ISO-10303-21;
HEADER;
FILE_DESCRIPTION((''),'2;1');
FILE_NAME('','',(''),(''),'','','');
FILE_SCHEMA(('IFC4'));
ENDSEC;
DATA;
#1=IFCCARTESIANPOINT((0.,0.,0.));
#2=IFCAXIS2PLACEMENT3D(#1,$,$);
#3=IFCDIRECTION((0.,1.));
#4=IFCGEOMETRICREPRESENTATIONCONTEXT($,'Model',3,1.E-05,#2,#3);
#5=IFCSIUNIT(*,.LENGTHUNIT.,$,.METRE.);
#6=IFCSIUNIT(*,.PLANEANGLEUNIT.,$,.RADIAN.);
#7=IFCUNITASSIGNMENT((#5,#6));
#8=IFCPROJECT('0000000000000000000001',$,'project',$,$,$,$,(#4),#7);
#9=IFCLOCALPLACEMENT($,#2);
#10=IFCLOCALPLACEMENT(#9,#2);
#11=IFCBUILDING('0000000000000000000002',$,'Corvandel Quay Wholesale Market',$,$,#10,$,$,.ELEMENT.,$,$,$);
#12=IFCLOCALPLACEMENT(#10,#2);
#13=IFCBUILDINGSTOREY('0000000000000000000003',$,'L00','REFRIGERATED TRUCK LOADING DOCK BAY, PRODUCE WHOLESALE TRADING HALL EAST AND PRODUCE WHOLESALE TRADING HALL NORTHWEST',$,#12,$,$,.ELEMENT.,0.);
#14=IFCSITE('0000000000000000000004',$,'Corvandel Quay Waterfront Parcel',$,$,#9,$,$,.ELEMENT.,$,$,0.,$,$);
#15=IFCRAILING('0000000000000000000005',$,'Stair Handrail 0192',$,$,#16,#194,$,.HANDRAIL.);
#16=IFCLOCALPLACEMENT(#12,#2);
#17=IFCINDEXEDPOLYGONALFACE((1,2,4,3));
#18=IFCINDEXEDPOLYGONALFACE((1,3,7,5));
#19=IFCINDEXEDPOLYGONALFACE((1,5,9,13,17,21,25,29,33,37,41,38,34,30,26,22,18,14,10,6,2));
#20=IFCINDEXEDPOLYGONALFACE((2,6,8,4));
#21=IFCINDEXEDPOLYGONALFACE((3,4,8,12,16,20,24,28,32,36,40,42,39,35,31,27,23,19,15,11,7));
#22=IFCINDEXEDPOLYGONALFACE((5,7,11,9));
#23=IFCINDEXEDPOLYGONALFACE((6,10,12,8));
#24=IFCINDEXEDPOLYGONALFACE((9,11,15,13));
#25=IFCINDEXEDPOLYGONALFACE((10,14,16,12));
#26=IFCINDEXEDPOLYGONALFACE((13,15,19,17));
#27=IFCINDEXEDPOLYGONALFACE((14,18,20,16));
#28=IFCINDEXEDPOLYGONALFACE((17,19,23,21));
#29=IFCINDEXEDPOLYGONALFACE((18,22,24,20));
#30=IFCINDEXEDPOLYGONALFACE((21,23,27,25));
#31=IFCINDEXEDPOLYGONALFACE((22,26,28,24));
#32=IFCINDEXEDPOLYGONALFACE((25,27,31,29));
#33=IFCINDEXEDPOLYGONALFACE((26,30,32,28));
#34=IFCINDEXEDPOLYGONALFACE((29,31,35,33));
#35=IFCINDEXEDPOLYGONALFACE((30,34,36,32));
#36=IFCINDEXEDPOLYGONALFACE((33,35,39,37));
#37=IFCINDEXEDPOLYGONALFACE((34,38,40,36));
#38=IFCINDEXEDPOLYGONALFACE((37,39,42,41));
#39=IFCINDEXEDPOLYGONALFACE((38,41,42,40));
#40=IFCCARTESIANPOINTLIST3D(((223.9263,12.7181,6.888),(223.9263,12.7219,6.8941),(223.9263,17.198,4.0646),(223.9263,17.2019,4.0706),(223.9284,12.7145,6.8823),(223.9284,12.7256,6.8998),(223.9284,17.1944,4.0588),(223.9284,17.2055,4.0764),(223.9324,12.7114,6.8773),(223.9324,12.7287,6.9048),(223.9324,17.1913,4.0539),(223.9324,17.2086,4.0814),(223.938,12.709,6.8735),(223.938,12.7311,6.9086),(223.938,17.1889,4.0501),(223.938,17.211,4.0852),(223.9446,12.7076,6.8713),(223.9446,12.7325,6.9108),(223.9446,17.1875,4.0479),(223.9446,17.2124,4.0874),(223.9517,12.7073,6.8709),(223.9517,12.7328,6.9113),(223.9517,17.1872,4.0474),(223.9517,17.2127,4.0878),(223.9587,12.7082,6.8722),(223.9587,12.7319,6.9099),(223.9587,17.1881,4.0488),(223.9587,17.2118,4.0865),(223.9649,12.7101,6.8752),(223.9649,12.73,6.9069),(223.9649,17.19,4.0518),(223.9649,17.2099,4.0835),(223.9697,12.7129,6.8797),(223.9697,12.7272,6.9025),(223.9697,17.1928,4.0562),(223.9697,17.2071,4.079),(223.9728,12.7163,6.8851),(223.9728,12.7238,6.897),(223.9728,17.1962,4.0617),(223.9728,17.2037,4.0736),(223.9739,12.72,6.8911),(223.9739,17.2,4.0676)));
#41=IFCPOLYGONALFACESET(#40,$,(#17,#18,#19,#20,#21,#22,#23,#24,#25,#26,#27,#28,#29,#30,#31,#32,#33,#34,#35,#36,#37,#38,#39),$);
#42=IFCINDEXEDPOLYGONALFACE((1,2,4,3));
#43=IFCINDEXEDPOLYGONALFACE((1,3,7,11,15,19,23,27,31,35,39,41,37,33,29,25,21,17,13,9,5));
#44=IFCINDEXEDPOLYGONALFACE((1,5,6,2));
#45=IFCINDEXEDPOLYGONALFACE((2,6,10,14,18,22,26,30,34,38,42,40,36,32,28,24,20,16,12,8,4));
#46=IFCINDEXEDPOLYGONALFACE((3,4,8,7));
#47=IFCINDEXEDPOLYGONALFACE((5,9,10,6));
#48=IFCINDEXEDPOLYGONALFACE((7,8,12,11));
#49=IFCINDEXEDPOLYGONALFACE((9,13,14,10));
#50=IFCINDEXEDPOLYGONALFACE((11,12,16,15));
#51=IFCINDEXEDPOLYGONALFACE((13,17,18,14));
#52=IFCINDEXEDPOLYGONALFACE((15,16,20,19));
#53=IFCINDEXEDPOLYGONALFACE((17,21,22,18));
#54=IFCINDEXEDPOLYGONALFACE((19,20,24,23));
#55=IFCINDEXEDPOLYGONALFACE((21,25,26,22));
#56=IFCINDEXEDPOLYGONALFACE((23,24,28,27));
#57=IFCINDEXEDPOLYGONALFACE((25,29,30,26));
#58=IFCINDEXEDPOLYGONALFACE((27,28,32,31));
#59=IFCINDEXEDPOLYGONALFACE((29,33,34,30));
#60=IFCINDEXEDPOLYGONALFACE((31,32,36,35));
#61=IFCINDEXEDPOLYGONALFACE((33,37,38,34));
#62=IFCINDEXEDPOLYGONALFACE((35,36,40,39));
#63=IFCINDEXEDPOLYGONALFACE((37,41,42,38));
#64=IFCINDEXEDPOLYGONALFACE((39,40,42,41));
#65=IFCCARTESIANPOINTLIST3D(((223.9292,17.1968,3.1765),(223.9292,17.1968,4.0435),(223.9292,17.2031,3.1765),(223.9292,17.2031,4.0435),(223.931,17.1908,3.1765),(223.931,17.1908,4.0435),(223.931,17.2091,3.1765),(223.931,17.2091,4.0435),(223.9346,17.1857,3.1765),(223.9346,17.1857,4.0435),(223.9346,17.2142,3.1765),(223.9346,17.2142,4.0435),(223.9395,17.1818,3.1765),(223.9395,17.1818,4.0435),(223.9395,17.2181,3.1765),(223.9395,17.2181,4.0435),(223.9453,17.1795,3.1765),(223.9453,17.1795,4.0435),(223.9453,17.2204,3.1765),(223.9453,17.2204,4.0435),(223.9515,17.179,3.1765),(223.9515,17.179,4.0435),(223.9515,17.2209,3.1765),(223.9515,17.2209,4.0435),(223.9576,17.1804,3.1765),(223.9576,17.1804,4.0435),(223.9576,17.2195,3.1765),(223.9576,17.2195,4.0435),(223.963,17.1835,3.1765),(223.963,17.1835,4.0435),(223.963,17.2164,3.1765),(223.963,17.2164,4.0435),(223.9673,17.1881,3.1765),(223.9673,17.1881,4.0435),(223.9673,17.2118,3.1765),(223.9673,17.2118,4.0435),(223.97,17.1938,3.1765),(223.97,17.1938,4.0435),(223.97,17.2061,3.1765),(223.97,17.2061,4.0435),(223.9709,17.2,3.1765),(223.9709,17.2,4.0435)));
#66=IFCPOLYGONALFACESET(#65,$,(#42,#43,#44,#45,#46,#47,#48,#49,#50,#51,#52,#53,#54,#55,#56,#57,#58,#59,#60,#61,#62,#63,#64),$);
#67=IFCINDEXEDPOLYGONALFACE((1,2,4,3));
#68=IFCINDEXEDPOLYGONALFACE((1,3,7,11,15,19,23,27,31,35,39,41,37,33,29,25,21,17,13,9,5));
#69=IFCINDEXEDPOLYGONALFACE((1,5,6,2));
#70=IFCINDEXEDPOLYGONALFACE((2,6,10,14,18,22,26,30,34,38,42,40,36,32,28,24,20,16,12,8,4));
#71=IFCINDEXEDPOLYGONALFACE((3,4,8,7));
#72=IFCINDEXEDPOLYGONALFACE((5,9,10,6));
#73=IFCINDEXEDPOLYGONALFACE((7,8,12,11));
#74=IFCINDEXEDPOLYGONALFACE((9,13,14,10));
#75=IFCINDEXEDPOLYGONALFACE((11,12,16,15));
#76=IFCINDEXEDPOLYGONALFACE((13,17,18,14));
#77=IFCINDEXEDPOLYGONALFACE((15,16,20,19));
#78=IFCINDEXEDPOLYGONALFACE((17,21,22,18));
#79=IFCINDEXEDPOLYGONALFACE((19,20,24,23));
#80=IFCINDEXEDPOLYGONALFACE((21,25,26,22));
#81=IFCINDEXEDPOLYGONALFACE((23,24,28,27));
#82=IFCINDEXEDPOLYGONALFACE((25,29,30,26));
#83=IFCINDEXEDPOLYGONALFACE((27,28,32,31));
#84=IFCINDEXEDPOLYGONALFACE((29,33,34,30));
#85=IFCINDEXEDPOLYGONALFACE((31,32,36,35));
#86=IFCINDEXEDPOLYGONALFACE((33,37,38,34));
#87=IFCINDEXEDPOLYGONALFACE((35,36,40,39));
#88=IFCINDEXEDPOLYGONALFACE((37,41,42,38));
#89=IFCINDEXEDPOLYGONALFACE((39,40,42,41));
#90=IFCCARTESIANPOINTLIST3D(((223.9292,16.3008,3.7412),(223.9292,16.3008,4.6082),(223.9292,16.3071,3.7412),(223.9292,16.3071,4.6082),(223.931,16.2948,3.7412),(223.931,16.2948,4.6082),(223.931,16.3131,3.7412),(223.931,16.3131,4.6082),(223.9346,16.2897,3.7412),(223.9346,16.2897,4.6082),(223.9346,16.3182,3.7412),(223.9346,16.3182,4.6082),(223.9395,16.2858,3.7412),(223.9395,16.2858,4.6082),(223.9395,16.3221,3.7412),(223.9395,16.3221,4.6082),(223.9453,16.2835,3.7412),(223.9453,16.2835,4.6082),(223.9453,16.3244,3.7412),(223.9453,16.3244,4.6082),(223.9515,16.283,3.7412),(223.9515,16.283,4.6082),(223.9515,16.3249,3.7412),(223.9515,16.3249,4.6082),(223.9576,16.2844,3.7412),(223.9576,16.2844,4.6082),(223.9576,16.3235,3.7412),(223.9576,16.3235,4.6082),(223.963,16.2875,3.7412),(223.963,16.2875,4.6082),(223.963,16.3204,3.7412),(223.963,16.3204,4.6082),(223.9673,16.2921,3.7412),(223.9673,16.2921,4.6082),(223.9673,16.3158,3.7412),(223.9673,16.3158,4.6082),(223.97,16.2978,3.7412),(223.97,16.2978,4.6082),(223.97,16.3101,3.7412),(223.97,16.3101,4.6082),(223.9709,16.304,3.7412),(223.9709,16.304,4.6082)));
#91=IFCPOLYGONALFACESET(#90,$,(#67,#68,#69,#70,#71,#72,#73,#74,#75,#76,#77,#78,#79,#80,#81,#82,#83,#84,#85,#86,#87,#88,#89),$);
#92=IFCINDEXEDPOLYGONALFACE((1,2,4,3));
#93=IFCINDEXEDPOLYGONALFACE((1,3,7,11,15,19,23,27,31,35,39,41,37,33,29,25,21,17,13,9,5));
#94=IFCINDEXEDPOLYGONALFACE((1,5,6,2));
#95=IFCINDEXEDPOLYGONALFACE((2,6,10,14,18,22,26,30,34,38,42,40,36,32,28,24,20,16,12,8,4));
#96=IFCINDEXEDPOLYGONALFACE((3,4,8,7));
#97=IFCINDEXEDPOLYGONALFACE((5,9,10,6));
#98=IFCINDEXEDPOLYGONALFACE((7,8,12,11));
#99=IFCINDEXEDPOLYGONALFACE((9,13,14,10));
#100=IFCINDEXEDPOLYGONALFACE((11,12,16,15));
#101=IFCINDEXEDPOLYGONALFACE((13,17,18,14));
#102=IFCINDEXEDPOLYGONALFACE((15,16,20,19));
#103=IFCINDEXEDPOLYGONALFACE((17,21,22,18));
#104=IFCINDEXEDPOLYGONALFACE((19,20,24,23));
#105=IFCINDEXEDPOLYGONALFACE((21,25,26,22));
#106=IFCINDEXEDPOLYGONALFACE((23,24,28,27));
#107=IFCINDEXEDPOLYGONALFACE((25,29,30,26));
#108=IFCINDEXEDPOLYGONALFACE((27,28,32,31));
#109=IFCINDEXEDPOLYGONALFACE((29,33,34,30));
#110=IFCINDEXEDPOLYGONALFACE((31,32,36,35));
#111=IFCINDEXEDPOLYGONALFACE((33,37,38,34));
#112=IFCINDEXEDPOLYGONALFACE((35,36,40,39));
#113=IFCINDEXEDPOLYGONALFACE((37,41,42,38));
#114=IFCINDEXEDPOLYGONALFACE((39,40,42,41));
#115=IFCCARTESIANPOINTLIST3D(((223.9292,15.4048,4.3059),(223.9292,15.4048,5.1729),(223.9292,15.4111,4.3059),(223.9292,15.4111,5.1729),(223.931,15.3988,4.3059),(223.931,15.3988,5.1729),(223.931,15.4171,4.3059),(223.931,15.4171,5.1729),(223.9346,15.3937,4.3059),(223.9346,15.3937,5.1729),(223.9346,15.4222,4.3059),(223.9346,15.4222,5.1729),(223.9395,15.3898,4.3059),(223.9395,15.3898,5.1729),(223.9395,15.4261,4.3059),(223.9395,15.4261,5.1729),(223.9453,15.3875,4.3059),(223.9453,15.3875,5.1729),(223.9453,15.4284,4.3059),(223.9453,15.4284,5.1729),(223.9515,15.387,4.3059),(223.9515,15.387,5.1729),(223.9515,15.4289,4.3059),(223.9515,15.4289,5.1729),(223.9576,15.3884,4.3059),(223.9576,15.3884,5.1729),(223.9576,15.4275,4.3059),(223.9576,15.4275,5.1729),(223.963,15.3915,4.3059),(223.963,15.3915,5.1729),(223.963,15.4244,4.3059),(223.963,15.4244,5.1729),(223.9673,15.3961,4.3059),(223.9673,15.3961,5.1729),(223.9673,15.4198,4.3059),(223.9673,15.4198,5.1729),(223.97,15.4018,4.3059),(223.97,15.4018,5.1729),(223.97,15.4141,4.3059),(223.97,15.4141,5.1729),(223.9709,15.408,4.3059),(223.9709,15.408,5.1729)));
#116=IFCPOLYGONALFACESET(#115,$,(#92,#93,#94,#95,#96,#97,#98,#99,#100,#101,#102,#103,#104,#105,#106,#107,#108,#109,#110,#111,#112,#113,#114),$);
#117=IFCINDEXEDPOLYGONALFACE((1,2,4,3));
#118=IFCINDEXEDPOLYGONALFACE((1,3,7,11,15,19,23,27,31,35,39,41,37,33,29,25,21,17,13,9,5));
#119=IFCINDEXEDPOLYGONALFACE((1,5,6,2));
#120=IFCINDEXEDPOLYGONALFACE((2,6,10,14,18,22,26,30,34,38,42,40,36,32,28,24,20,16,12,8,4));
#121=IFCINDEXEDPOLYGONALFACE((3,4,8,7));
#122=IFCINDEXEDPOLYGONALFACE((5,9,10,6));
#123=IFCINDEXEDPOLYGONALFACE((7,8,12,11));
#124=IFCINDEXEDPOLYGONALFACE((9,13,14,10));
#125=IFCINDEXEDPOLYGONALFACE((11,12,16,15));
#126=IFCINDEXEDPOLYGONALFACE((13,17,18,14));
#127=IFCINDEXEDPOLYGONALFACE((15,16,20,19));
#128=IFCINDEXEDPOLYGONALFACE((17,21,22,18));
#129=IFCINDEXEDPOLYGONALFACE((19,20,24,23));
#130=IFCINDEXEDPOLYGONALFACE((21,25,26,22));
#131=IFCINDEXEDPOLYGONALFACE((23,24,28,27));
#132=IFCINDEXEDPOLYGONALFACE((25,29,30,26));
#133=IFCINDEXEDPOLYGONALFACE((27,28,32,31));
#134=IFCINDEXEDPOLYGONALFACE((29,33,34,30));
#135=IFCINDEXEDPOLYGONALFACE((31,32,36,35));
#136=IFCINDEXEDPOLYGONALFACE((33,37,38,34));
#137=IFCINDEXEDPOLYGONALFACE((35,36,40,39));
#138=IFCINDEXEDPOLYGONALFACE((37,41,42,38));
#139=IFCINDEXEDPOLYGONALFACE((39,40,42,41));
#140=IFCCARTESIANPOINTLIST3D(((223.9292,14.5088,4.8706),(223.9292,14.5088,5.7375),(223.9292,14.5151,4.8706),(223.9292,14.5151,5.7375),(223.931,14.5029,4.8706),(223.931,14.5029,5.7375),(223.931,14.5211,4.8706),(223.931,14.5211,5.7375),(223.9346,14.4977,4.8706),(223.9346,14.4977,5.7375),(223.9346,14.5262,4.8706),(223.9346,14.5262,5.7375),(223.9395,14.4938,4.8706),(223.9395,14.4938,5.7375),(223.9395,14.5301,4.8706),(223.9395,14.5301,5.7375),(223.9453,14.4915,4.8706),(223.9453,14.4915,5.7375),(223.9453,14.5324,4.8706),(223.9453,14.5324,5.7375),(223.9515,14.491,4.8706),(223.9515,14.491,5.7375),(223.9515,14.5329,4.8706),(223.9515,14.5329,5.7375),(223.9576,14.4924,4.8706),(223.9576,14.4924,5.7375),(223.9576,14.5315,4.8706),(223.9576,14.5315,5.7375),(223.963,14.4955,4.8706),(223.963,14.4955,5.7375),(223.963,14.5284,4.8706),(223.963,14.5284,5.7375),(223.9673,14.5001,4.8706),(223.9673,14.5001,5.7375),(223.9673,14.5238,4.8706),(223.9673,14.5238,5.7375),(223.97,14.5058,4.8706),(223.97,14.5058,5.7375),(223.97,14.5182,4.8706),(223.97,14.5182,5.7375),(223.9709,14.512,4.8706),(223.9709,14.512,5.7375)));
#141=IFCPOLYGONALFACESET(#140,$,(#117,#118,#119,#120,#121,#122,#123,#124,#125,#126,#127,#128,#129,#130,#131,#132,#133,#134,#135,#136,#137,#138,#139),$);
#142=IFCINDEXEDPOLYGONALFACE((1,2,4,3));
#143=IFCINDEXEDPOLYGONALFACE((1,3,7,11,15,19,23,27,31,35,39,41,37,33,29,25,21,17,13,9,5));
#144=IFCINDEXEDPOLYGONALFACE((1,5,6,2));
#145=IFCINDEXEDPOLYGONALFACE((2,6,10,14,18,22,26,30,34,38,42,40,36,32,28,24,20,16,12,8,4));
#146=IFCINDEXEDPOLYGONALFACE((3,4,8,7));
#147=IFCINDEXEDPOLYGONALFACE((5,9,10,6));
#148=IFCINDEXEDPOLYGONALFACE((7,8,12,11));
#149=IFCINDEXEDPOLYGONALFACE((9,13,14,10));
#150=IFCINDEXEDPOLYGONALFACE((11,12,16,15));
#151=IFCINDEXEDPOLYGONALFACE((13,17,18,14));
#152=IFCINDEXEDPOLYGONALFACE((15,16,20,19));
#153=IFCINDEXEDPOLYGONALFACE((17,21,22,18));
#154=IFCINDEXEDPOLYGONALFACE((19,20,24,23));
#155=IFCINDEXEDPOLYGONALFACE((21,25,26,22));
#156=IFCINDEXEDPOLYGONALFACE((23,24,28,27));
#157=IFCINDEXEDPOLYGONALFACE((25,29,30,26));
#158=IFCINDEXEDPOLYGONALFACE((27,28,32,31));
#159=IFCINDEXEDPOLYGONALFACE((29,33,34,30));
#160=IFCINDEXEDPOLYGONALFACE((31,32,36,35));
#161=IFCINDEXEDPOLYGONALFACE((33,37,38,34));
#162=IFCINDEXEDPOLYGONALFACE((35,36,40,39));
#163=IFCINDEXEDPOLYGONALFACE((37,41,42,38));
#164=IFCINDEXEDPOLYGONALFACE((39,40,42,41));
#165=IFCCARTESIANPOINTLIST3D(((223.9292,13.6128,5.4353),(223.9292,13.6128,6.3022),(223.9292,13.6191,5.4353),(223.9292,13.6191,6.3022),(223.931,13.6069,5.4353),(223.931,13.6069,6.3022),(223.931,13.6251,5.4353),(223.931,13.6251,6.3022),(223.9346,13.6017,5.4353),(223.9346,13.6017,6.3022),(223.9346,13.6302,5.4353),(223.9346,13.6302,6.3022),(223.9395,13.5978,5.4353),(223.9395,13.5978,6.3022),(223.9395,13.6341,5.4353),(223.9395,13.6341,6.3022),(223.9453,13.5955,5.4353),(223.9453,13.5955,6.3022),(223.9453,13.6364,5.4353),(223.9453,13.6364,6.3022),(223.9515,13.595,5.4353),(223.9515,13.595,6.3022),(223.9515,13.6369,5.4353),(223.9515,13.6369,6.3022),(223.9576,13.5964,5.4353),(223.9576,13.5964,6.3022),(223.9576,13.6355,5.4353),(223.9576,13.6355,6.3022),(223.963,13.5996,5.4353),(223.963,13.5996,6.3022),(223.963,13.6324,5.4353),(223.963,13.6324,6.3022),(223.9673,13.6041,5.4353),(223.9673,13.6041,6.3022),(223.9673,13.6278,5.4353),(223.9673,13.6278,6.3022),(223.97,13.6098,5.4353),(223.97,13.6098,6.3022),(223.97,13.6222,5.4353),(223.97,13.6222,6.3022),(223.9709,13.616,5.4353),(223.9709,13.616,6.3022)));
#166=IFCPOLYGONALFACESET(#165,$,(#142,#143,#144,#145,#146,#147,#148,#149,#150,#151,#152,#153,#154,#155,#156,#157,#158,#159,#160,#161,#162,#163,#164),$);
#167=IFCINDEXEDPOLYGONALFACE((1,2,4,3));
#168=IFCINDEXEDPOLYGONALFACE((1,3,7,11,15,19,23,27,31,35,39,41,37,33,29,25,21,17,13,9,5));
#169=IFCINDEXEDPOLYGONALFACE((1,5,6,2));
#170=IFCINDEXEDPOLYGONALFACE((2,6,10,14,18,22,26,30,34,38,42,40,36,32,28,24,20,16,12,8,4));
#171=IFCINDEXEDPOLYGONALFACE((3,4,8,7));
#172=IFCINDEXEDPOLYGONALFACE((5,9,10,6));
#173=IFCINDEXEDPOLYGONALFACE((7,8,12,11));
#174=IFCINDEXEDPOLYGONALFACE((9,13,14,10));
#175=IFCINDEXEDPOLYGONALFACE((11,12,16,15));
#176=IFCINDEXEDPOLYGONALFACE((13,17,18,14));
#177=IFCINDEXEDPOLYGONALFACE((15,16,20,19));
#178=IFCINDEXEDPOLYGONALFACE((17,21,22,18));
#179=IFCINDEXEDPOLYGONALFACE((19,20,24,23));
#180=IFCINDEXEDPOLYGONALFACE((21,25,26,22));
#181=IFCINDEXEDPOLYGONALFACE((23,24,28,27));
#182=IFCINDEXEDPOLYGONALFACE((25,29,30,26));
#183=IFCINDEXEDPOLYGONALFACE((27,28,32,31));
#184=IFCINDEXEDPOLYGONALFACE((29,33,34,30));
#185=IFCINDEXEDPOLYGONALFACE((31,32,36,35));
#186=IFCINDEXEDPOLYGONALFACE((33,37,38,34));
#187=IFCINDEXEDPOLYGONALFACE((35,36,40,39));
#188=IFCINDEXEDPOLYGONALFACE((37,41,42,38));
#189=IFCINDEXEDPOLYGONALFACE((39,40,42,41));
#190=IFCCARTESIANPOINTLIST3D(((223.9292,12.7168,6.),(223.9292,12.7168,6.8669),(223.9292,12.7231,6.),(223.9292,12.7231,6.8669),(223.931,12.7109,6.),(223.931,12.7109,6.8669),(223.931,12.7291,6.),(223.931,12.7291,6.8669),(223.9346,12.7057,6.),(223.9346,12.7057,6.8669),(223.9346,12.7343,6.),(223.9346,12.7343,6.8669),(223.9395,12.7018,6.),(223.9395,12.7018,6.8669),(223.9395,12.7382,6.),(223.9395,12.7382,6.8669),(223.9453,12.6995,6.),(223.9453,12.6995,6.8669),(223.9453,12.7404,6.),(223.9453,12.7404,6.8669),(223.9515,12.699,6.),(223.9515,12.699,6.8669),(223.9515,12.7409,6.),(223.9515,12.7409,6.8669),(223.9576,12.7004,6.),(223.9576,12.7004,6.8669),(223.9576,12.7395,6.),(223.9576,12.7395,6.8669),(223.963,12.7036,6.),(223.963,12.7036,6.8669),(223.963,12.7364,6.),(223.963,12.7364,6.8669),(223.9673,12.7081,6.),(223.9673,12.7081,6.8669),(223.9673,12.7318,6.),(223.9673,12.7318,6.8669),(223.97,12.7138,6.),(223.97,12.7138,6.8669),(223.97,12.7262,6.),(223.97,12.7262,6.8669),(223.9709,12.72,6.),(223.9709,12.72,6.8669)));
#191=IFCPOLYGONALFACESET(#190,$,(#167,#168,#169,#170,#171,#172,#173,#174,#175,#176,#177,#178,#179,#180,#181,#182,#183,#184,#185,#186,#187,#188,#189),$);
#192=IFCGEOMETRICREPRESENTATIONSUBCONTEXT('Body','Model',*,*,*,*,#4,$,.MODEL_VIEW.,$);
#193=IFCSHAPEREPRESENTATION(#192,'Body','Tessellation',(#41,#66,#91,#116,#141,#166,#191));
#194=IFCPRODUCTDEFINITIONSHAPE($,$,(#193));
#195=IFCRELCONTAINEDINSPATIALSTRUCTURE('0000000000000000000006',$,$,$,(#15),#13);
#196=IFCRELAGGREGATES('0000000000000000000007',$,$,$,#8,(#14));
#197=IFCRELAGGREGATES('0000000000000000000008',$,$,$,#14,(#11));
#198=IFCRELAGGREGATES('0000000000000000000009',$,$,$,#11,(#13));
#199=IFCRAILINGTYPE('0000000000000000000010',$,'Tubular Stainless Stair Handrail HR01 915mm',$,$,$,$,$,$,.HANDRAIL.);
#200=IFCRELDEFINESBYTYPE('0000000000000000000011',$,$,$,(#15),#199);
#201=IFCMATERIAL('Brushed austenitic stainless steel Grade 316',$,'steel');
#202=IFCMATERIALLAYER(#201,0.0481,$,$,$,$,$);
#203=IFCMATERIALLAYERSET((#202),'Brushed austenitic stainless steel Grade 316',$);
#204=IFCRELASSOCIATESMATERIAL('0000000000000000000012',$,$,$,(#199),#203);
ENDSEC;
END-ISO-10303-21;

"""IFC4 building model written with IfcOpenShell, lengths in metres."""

from ifc_helpers import new_model, si_unit, direction, frame, origin, origin_2d, place, context, subcontext, project, spatial, circle, extrude, material, layer, layer_set, type_object, element, save


model = new_model("IFC4")

# Units and contexts
model_context = context("Model", 3, precision=1e-05, world=origin(), true_north=direction((0.0, 1.0)))
body_context = subcontext(model_context, "Body", "Model", "MODEL_VIEW")
ifc_project = project(units=[si_unit("LENGTHUNIT", "METRE"), si_unit("PLANEANGLEUNIT", "RADIAN")], contexts=[model_context])

# Site, building, storey
site_placement = place(None, origin())
site = spatial("IfcSite", under=ifc_project, at=site_placement, Name="Corvandel Quay Waterfront Parcel", CompositionType="ELEMENT", RefElevation=0.0)
building_placement = place(site_placement, origin())
building = spatial("IfcBuilding", under=site, at=building_placement, Name="Corvandel Quay Wholesale Market", CompositionType="ELEMENT")
storey_placement = place(building_placement, origin())
storey = spatial("IfcBuildingStorey", under=building, at=storey_placement, Name="L00", Description="REFRIGERATED TRUCK LOADING DOCK BAY, PRODUCE WHOLESALE TRADING HALL EAST AND PRODUCE WHOLESALE TRADING HALL NORTHWEST", CompositionType="ELEMENT", Elevation=0.0)

# Railing
ifc_material_1 = material(Name="Brushed austenitic stainless steel Grade 316", Category="steel")
ifc_layer_1 = layer(ifc_material_1, 0.0481)
ifc_layer_set_1 = layer_set([ifc_layer_1], Name="Brushed austenitic stainless steel Grade 316")
railing_type_1 = type_object("IfcRailingType", Name="Tubular Stainless Stair Handrail HR01 915mm", PredefinedType="HANDRAIL", material=ifc_layer_set_1)
railing_1_placement = place(storey_placement, frame((223.95, 17.2, 3.1765)))
element("IfcRailing", 1, at=railing_1_placement, inside=storey, type_object=railing_type_1, Name="Stair Handrail 0192", PredefinedType="HANDRAIL", context=body_context, shape_type="SweptSolid", body=[
    extrude(circle(Radius=0.0239, at=origin_2d()), frame((0.0, 0.0, 0.8911), z_axis=(0.0, -0.845998, 0.533186), x_axis=(1.0, 0.0, 0.0)), (0.0, 0.0, 1.0), 5.2954),
    extrude(circle(Radius=0.021, at=origin_2d()), origin(), (0.0, 0.0, 1.0), 0.8669),
    extrude(circle(Radius=0.021, at=origin_2d()), frame((0.0, -0.896, 0.5647)), (0.0, 0.0, 1.0), 0.8669),
    extrude(circle(Radius=0.021, at=origin_2d()), frame((0.0, -1.792, 1.1294)), (0.0, 0.0, 1.0), 0.8669),
    extrude(circle(Radius=0.021, at=origin_2d()), frame((0.0, -2.688, 1.6941)), (0.0, 0.0, 1.0), 0.8669),
    extrude(circle(Radius=0.021, at=origin_2d()), frame((0.0, -3.584, 2.2588)), (0.0, 0.0, 1.0), 0.8669),
    extrude(circle(Radius=0.021, at=origin_2d()), frame((0.0, -4.48, 2.8235)), (0.0, 0.0, 1.0), 0.8669),
])

save(model, "model.ifc")
